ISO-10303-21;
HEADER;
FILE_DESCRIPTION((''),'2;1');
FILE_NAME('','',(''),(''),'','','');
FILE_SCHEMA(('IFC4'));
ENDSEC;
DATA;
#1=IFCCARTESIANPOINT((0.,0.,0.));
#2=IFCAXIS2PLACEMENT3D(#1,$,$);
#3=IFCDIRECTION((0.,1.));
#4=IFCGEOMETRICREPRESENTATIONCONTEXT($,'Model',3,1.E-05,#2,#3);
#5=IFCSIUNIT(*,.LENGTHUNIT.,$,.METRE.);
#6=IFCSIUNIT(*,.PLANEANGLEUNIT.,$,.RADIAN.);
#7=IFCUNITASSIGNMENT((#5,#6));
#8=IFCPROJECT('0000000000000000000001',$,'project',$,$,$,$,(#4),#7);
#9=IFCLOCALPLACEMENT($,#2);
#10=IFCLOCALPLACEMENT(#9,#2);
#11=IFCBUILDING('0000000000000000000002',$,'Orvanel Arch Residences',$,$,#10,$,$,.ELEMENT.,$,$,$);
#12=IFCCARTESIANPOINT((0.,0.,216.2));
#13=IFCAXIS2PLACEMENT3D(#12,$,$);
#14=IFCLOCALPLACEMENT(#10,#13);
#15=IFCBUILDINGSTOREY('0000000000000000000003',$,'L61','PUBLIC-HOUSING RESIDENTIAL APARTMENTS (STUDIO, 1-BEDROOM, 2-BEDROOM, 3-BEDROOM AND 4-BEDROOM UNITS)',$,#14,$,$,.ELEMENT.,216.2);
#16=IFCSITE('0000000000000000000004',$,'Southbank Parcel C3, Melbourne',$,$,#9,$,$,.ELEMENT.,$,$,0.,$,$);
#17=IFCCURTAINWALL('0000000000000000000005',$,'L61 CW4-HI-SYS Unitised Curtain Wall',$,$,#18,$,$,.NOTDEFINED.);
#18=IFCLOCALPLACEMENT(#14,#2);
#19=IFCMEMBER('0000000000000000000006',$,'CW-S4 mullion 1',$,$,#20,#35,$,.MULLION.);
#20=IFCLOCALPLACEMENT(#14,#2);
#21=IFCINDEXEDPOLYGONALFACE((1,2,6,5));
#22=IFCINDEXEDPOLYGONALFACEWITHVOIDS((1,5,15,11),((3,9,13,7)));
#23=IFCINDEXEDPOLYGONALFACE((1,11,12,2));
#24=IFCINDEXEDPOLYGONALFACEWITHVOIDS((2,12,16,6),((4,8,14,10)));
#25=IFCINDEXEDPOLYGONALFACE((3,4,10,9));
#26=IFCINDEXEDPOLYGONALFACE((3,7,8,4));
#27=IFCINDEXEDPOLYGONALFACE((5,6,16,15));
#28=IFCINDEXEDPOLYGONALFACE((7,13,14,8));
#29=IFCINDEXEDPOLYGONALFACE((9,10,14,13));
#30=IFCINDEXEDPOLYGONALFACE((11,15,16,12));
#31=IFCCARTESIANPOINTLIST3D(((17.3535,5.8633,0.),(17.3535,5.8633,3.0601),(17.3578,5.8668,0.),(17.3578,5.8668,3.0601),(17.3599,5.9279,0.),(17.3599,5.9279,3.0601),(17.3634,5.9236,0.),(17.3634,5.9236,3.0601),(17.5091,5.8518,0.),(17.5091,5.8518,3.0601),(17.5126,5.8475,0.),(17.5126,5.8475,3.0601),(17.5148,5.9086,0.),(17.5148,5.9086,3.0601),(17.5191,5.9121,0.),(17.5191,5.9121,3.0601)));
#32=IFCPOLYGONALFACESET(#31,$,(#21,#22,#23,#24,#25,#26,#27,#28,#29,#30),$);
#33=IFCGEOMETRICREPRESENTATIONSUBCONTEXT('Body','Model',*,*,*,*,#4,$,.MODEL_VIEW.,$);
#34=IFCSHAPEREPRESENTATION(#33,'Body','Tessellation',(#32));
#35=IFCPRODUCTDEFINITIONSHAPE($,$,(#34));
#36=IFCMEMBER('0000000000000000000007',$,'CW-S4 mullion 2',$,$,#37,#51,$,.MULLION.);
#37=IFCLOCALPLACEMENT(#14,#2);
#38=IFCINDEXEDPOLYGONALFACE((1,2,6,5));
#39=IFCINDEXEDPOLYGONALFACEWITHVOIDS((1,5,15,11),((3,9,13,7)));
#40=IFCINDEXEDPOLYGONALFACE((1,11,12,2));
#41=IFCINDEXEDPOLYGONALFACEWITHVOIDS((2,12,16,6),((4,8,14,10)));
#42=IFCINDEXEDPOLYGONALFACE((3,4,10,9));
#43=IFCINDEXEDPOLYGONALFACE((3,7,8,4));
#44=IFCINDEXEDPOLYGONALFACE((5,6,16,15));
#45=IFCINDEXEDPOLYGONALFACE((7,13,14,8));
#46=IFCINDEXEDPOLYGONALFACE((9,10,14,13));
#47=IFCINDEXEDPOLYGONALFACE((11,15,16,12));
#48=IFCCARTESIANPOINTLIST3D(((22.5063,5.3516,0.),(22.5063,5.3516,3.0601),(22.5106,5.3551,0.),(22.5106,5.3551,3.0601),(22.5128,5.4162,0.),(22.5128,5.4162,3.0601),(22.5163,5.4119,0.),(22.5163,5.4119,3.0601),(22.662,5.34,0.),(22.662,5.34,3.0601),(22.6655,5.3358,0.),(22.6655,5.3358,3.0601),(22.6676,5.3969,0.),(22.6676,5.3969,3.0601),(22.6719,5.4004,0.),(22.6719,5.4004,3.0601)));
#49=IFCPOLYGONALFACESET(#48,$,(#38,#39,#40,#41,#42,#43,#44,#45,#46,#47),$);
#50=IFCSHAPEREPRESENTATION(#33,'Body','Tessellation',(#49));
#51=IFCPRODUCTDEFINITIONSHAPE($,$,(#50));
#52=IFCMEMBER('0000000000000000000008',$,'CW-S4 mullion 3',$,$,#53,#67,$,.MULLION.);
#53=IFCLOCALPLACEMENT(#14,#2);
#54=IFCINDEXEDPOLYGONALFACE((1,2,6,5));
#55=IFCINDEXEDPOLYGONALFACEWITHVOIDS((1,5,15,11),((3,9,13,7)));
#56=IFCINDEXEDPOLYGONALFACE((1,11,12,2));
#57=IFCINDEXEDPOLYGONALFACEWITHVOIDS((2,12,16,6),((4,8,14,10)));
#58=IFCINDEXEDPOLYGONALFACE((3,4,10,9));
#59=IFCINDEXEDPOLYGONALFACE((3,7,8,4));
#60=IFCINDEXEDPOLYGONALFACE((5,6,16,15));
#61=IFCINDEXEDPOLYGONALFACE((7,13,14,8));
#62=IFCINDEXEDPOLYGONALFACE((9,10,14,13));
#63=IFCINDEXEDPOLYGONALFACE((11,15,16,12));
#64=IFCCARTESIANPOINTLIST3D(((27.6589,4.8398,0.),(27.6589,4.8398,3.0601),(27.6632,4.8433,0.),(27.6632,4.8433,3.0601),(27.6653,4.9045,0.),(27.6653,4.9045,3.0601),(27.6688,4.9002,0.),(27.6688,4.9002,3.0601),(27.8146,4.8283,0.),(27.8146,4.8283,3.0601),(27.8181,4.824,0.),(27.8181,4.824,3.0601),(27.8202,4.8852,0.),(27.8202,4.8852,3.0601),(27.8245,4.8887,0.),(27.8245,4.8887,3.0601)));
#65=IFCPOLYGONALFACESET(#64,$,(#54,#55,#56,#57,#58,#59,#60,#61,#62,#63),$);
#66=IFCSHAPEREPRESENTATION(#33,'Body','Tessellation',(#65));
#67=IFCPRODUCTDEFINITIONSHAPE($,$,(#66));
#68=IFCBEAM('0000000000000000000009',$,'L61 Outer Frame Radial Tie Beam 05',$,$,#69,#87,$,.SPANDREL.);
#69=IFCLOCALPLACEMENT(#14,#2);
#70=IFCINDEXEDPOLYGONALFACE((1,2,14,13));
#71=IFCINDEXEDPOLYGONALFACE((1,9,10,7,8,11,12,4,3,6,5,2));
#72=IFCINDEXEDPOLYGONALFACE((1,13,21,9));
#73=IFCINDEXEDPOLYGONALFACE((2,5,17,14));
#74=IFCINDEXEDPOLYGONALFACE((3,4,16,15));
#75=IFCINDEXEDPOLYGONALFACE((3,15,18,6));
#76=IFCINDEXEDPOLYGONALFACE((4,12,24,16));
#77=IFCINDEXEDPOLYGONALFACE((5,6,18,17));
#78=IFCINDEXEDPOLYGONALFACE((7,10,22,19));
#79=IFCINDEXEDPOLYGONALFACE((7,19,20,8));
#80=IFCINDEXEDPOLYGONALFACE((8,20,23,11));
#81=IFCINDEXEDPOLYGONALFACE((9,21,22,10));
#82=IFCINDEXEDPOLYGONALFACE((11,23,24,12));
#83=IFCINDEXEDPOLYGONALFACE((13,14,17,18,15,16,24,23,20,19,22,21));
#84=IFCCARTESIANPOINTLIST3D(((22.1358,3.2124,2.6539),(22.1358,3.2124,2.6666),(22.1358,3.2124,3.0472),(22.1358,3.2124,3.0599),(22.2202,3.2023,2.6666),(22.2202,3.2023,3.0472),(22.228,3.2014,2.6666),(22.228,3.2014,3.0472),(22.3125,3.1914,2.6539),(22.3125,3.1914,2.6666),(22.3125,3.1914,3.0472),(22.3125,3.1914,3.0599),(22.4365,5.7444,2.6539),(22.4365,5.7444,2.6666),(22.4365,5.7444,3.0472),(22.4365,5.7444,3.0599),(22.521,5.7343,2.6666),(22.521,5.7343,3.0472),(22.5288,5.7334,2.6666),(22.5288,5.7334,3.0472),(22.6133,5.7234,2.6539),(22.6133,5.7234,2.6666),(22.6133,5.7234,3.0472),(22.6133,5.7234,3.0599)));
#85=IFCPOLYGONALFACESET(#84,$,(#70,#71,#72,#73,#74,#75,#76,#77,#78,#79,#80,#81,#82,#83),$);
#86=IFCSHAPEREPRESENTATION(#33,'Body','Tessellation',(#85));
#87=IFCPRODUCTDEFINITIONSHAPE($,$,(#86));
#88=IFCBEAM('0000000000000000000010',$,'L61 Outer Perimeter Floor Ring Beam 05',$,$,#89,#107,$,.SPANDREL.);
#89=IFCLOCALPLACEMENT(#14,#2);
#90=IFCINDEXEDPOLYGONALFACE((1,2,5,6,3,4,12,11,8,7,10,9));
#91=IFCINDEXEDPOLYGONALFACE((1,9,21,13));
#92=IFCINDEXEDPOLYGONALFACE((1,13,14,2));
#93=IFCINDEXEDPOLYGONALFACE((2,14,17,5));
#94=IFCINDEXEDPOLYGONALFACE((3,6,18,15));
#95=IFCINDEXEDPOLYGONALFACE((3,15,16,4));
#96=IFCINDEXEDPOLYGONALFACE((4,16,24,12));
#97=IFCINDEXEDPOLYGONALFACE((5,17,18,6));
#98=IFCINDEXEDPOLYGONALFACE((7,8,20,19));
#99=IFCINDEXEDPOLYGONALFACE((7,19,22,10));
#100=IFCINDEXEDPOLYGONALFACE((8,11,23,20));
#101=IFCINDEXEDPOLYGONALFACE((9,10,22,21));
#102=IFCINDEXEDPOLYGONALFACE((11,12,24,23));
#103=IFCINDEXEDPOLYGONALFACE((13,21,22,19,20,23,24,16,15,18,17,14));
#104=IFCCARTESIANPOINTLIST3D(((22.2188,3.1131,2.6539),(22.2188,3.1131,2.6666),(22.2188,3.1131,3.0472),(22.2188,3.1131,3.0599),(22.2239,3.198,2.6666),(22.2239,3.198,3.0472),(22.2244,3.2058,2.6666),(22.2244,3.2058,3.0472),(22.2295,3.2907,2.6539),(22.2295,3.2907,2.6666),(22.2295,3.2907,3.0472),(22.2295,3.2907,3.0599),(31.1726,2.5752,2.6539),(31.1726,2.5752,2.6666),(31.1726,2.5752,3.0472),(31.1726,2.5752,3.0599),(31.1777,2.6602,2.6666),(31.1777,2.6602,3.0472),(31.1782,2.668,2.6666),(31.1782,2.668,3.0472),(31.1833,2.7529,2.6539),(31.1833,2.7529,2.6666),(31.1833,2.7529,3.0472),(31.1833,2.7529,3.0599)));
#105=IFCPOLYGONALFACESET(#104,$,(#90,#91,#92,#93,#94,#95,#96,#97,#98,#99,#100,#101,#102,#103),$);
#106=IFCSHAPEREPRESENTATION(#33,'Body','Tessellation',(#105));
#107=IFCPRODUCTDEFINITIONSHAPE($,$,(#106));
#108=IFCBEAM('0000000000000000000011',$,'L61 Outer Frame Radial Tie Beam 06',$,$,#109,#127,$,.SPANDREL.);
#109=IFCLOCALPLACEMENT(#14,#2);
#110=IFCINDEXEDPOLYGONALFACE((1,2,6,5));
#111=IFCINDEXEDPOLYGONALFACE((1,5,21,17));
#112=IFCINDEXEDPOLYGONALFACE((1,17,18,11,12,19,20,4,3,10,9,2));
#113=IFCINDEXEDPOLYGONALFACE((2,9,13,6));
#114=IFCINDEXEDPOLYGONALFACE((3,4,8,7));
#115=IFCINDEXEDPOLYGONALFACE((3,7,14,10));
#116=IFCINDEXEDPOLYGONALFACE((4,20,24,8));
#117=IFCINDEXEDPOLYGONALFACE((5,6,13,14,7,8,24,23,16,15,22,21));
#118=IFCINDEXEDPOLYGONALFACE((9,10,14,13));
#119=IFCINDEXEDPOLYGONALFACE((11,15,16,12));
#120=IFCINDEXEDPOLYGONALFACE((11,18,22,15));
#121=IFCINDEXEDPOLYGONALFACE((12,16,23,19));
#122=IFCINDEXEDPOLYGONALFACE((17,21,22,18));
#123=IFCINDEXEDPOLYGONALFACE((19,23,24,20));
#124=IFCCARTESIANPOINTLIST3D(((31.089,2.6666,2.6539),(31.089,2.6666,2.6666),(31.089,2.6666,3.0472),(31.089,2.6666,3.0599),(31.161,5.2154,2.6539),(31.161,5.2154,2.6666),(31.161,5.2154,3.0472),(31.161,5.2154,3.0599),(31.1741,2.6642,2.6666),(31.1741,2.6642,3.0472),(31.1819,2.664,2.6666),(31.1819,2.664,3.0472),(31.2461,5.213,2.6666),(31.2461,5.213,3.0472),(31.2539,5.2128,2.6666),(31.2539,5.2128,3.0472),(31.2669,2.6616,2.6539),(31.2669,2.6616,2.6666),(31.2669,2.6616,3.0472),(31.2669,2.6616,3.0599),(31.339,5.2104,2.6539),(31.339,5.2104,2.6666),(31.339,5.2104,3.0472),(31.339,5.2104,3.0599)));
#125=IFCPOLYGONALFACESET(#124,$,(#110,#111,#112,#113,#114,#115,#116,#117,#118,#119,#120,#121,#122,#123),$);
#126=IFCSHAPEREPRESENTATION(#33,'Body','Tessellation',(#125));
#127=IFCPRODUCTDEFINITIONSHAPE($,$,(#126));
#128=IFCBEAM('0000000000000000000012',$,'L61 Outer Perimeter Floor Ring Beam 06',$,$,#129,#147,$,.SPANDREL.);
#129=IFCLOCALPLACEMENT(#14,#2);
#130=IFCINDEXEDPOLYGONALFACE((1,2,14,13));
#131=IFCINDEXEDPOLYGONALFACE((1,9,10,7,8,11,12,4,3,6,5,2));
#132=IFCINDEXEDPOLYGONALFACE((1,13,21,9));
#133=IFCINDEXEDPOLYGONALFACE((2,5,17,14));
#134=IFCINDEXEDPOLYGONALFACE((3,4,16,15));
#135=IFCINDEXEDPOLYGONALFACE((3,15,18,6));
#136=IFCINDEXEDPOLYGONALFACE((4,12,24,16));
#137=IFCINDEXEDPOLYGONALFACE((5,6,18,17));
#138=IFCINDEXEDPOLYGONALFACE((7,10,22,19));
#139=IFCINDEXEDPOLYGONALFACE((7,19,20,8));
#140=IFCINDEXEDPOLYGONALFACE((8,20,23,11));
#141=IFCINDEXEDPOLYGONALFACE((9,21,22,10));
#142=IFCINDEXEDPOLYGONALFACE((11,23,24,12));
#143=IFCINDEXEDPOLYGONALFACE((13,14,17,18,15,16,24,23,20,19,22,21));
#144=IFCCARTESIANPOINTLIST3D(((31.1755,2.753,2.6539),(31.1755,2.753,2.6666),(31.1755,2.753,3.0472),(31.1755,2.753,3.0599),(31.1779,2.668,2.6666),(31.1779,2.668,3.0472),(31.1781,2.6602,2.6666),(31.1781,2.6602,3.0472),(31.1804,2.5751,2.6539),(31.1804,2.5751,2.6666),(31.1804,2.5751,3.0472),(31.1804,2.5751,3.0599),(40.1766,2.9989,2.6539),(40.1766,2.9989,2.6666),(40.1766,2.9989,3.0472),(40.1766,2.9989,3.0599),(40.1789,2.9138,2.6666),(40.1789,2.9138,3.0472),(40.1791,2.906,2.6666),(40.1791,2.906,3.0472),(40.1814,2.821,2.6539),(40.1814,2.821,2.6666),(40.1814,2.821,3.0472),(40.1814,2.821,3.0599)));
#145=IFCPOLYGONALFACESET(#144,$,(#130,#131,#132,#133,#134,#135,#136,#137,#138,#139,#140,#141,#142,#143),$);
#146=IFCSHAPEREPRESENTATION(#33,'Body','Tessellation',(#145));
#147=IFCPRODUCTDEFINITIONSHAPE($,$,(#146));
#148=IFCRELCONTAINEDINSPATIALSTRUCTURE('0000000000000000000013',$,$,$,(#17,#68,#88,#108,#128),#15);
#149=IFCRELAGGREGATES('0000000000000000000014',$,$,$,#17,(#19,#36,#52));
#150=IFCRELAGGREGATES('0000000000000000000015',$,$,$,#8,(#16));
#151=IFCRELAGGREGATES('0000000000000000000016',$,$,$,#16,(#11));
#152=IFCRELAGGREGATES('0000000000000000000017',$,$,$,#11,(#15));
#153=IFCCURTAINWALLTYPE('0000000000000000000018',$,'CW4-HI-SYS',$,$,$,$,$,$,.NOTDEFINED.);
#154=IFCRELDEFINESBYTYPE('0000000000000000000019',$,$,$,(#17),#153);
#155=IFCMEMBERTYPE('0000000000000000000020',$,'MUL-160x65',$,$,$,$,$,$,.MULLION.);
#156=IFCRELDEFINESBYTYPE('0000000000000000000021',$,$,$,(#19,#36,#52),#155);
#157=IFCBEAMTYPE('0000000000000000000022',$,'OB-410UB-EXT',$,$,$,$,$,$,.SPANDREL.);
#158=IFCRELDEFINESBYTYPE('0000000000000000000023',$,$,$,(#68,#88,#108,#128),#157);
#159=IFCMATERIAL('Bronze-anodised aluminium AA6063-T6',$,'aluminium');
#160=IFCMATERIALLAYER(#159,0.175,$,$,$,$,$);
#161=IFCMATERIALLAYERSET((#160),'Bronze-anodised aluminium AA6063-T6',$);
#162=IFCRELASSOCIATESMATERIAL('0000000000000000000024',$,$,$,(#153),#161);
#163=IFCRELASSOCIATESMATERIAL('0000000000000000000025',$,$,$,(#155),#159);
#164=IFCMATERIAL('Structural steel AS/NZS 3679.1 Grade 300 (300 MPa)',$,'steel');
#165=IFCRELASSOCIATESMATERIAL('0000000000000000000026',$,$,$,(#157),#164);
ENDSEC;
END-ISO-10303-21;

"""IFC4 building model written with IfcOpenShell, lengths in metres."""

from ifc_helpers import new_model, si_unit, direction, frame, origin, origin_2d, place, context, subcontext, project, spatial, hollow_rectangle, i_section, extrude, material, layer, layer_set, material_profile, profile_set, type_object, element, aggregate, save


model = new_model("IFC4")

# Units and contexts
model_context = context("Model", 3, precision=1e-05, world=origin(), true_north=direction((0.0, 1.0)))
body_context = subcontext(model_context, "Body", "Model", "MODEL_VIEW")
ifc_project = project(units=[si_unit("LENGTHUNIT", "METRE"), si_unit("PLANEANGLEUNIT", "RADIAN")], contexts=[model_context])

# Site, building, storey
site_placement = place(None, origin())
site = spatial("IfcSite", under=ifc_project, at=site_placement, Name="Southbank Parcel C3, Melbourne", CompositionType="ELEMENT", RefElevation=0.0)
building_placement = place(site_placement, origin())
building = spatial("IfcBuilding", under=site, at=building_placement, Name="Orvanel Arch Residences", CompositionType="ELEMENT")
storey_placement = place(building_placement, frame((0.0, 0.0, 216.2)))
storey = spatial("IfcBuildingStorey", under=building, at=storey_placement, Name="L61", Description="PUBLIC-HOUSING RESIDENTIAL APARTMENTS (STUDIO, 1-BEDROOM, 2-BEDROOM, 3-BEDROOM AND 4-BEDROOM UNITS)", CompositionType="ELEMENT", Elevation=216.2)

# Curtain wall, members
ifc_material_1 = material(Name="Bronze-anodised aluminium AA6063-T6", Category="aluminium")
ifc_layer_1 = layer(ifc_material_1, 0.175)
ifc_layer_set_1 = layer_set([ifc_layer_1], Name="Bronze-anodised aluminium AA6063-T6")
curtain_wall_type = type_object("IfcCurtainWallType", Name="CW4-HI-SYS", PredefinedType="NOTDEFINED", material=ifc_layer_set_1)
curtain_wall_placement = place(storey_placement, origin())
curtain_wall = element("IfcCurtainWall", 1, at=curtain_wall_placement, inside=storey, type_object=curtain_wall_type, Name="L61 CW4-HI-SYS Unitised Curtain Wall", PredefinedType="NOTDEFINED")
ifc_material_profile_1 = material_profile(ifc_material_1, hollow_rectangle(XDim=0.0649, YDim=0.1599, WallThickness=0.0039, at=origin_2d()), Name="ALU160x65x4")
ifc_profile_set_1 = profile_set([ifc_material_profile_1], Name="Bronze-anodised aluminium AA6063-T6")
member_type_1 = type_object("IfcMemberType", Name="MUL-160x65", PredefinedType="MULLION", material=ifc_profile_set_1)
member_1_placement = place(storey_placement, frame((17.4363, 5.8877, 0.0), z_axis=(0.0, 0.0, 1.0), x_axis=(0.098839, 0.995103, 0.0)))
member_1 = element("IfcMember", 2, at=member_1_placement, type_object=member_type_1, Name="CW-S4 mullion 1", PredefinedType="MULLION", context=body_context, shape_type="SweptSolid", body=[
    extrude(hollow_rectangle(XDim=0.0649, YDim=0.1599, WallThickness=0.0039, at=origin_2d()), origin(), (0.0, 0.0, 1.0), 3.0601),
])
member_2_placement = place(storey_placement, frame((22.5891, 5.376, 0.0), z_axis=(0.0, 0.0, 1.0), x_axis=(0.098839, 0.995103, 0.0)))
member_2 = element("IfcMember", 3, at=member_2_placement, type_object=member_type_1, Name="CW-S4 mullion 2", PredefinedType="MULLION", context=body_context, shape_type="SweptSolid", body=[
    extrude(hollow_rectangle(XDim=0.0649, YDim=0.1599, WallThickness=0.0039, at=origin_2d()), origin(), (0.0, 0.0, 1.0), 3.0601),
])
member_3_placement = place(storey_placement, frame((27.7417, 4.8643, 0.0), z_axis=(0.0, 0.0, 1.0), x_axis=(0.098839, 0.995103, 0.0)))
member_3 = element("IfcMember", 4, at=member_3_placement, type_object=member_type_1, Name="CW-S4 mullion 3", PredefinedType="MULLION", context=body_context, shape_type="SweptSolid", body=[
    extrude(hollow_rectangle(XDim=0.0649, YDim=0.1599, WallThickness=0.0039, at=origin_2d()), origin(), (0.0, 0.0, 1.0), 3.0601),
])

# Beams
ifc_material_2 = material(Name="Structural steel AS/NZS 3679.1 Grade 300 (300 MPa)", Category="steel")
ifc_material_profile_2 = material_profile(ifc_material_2, i_section(OverallWidth=0.178, OverallDepth=0.406, WebThickness=0.0078, FlangeThickness=0.0127, at=origin_2d()), Name="410UB59.7")
ifc_profile_set_2 = profile_set([ifc_material_profile_2], Name="Structural steel AS/NZS 3679.1 Grade 300 (300 MPa)")
beam_type = type_object("IfcBeamType", Name="OB-410UB-EXT", PredefinedType="SPANDREL", material=ifc_profile_set_2)
beam_1_placement = place(storey_placement, frame((22.5249, 5.7339, 2.8569), z_axis=(-0.117963, -0.993018, 0.0), x_axis=(0.993018, -0.117963, 0.0)))
element("IfcBeam", 5, at=beam_1_placement, inside=storey, type_object=beam_type, Name="L61 Outer Frame Radial Tie Beam 05", PredefinedType="SPANDREL", context=body_context, shape_type="SweptSolid", body=[
    extrude(i_section(OverallWidth=0.178, OverallDepth=0.406, WebThickness=0.0078, FlangeThickness=0.0127, at=origin_2d()), origin(), (0.0, 0.0, 1.0), 2.5498),
])
beam_2_placement = place(storey_placement, frame((22.2241, 3.2019, 2.8569), z_axis=(0.998201, -0.05996, 0.0), x_axis=(0.05996, 0.998201, 0.0)))
element("IfcBeam", 6, at=beam_2_placement, inside=storey, type_object=beam_type, Name="L61 Outer Perimeter Floor Ring Beam 05", PredefinedType="SPANDREL", context=body_context, shape_type="SweptSolid", body=[
    extrude(i_section(OverallWidth=0.178, OverallDepth=0.406, WebThickness=0.0078, FlangeThickness=0.0127, at=origin_2d()), origin(), (0.0, 0.0, 1.0), 8.97),
])
beam_3_placement = place(storey_placement, frame((31.25, 5.2129, 2.8569), z_axis=(-0.028245, -0.999601, 0.0), x_axis=(0.999601, -0.028245, 0.0)))
element("IfcBeam", 7, at=beam_3_placement, inside=storey, type_object=beam_type, Name="L61 Outer Frame Radial Tie Beam 06", PredefinedType="SPANDREL", context=body_context, shape_type="SweptSolid", body=[
    extrude(i_section(OverallWidth=0.178, OverallDepth=0.406, WebThickness=0.0078, FlangeThickness=0.0127, at=origin_2d()), origin(), (0.0, 0.0, 1.0), 2.5498),
])
beam_4_placement = place(storey_placement, frame((31.178, 2.6641, 2.8569), z_axis=(0.999627, 0.027303, 0.0), x_axis=(-0.027303, 0.999627, 0.0)))
element("IfcBeam", 8, at=beam_4_placement, inside=storey, type_object=beam_type, Name="L61 Outer Perimeter Floor Ring Beam 06", PredefinedType="SPANDREL", context=body_context, shape_type="SweptSolid", body=[
    extrude(i_section(OverallWidth=0.178, OverallDepth=0.406, WebThickness=0.0078, FlangeThickness=0.0127, at=origin_2d()), origin(), (0.0, 0.0, 1.0), 9.0044),
])

aggregate(curtain_wall, [member_1, member_2, member_3])

save(model, "model.ifc")
